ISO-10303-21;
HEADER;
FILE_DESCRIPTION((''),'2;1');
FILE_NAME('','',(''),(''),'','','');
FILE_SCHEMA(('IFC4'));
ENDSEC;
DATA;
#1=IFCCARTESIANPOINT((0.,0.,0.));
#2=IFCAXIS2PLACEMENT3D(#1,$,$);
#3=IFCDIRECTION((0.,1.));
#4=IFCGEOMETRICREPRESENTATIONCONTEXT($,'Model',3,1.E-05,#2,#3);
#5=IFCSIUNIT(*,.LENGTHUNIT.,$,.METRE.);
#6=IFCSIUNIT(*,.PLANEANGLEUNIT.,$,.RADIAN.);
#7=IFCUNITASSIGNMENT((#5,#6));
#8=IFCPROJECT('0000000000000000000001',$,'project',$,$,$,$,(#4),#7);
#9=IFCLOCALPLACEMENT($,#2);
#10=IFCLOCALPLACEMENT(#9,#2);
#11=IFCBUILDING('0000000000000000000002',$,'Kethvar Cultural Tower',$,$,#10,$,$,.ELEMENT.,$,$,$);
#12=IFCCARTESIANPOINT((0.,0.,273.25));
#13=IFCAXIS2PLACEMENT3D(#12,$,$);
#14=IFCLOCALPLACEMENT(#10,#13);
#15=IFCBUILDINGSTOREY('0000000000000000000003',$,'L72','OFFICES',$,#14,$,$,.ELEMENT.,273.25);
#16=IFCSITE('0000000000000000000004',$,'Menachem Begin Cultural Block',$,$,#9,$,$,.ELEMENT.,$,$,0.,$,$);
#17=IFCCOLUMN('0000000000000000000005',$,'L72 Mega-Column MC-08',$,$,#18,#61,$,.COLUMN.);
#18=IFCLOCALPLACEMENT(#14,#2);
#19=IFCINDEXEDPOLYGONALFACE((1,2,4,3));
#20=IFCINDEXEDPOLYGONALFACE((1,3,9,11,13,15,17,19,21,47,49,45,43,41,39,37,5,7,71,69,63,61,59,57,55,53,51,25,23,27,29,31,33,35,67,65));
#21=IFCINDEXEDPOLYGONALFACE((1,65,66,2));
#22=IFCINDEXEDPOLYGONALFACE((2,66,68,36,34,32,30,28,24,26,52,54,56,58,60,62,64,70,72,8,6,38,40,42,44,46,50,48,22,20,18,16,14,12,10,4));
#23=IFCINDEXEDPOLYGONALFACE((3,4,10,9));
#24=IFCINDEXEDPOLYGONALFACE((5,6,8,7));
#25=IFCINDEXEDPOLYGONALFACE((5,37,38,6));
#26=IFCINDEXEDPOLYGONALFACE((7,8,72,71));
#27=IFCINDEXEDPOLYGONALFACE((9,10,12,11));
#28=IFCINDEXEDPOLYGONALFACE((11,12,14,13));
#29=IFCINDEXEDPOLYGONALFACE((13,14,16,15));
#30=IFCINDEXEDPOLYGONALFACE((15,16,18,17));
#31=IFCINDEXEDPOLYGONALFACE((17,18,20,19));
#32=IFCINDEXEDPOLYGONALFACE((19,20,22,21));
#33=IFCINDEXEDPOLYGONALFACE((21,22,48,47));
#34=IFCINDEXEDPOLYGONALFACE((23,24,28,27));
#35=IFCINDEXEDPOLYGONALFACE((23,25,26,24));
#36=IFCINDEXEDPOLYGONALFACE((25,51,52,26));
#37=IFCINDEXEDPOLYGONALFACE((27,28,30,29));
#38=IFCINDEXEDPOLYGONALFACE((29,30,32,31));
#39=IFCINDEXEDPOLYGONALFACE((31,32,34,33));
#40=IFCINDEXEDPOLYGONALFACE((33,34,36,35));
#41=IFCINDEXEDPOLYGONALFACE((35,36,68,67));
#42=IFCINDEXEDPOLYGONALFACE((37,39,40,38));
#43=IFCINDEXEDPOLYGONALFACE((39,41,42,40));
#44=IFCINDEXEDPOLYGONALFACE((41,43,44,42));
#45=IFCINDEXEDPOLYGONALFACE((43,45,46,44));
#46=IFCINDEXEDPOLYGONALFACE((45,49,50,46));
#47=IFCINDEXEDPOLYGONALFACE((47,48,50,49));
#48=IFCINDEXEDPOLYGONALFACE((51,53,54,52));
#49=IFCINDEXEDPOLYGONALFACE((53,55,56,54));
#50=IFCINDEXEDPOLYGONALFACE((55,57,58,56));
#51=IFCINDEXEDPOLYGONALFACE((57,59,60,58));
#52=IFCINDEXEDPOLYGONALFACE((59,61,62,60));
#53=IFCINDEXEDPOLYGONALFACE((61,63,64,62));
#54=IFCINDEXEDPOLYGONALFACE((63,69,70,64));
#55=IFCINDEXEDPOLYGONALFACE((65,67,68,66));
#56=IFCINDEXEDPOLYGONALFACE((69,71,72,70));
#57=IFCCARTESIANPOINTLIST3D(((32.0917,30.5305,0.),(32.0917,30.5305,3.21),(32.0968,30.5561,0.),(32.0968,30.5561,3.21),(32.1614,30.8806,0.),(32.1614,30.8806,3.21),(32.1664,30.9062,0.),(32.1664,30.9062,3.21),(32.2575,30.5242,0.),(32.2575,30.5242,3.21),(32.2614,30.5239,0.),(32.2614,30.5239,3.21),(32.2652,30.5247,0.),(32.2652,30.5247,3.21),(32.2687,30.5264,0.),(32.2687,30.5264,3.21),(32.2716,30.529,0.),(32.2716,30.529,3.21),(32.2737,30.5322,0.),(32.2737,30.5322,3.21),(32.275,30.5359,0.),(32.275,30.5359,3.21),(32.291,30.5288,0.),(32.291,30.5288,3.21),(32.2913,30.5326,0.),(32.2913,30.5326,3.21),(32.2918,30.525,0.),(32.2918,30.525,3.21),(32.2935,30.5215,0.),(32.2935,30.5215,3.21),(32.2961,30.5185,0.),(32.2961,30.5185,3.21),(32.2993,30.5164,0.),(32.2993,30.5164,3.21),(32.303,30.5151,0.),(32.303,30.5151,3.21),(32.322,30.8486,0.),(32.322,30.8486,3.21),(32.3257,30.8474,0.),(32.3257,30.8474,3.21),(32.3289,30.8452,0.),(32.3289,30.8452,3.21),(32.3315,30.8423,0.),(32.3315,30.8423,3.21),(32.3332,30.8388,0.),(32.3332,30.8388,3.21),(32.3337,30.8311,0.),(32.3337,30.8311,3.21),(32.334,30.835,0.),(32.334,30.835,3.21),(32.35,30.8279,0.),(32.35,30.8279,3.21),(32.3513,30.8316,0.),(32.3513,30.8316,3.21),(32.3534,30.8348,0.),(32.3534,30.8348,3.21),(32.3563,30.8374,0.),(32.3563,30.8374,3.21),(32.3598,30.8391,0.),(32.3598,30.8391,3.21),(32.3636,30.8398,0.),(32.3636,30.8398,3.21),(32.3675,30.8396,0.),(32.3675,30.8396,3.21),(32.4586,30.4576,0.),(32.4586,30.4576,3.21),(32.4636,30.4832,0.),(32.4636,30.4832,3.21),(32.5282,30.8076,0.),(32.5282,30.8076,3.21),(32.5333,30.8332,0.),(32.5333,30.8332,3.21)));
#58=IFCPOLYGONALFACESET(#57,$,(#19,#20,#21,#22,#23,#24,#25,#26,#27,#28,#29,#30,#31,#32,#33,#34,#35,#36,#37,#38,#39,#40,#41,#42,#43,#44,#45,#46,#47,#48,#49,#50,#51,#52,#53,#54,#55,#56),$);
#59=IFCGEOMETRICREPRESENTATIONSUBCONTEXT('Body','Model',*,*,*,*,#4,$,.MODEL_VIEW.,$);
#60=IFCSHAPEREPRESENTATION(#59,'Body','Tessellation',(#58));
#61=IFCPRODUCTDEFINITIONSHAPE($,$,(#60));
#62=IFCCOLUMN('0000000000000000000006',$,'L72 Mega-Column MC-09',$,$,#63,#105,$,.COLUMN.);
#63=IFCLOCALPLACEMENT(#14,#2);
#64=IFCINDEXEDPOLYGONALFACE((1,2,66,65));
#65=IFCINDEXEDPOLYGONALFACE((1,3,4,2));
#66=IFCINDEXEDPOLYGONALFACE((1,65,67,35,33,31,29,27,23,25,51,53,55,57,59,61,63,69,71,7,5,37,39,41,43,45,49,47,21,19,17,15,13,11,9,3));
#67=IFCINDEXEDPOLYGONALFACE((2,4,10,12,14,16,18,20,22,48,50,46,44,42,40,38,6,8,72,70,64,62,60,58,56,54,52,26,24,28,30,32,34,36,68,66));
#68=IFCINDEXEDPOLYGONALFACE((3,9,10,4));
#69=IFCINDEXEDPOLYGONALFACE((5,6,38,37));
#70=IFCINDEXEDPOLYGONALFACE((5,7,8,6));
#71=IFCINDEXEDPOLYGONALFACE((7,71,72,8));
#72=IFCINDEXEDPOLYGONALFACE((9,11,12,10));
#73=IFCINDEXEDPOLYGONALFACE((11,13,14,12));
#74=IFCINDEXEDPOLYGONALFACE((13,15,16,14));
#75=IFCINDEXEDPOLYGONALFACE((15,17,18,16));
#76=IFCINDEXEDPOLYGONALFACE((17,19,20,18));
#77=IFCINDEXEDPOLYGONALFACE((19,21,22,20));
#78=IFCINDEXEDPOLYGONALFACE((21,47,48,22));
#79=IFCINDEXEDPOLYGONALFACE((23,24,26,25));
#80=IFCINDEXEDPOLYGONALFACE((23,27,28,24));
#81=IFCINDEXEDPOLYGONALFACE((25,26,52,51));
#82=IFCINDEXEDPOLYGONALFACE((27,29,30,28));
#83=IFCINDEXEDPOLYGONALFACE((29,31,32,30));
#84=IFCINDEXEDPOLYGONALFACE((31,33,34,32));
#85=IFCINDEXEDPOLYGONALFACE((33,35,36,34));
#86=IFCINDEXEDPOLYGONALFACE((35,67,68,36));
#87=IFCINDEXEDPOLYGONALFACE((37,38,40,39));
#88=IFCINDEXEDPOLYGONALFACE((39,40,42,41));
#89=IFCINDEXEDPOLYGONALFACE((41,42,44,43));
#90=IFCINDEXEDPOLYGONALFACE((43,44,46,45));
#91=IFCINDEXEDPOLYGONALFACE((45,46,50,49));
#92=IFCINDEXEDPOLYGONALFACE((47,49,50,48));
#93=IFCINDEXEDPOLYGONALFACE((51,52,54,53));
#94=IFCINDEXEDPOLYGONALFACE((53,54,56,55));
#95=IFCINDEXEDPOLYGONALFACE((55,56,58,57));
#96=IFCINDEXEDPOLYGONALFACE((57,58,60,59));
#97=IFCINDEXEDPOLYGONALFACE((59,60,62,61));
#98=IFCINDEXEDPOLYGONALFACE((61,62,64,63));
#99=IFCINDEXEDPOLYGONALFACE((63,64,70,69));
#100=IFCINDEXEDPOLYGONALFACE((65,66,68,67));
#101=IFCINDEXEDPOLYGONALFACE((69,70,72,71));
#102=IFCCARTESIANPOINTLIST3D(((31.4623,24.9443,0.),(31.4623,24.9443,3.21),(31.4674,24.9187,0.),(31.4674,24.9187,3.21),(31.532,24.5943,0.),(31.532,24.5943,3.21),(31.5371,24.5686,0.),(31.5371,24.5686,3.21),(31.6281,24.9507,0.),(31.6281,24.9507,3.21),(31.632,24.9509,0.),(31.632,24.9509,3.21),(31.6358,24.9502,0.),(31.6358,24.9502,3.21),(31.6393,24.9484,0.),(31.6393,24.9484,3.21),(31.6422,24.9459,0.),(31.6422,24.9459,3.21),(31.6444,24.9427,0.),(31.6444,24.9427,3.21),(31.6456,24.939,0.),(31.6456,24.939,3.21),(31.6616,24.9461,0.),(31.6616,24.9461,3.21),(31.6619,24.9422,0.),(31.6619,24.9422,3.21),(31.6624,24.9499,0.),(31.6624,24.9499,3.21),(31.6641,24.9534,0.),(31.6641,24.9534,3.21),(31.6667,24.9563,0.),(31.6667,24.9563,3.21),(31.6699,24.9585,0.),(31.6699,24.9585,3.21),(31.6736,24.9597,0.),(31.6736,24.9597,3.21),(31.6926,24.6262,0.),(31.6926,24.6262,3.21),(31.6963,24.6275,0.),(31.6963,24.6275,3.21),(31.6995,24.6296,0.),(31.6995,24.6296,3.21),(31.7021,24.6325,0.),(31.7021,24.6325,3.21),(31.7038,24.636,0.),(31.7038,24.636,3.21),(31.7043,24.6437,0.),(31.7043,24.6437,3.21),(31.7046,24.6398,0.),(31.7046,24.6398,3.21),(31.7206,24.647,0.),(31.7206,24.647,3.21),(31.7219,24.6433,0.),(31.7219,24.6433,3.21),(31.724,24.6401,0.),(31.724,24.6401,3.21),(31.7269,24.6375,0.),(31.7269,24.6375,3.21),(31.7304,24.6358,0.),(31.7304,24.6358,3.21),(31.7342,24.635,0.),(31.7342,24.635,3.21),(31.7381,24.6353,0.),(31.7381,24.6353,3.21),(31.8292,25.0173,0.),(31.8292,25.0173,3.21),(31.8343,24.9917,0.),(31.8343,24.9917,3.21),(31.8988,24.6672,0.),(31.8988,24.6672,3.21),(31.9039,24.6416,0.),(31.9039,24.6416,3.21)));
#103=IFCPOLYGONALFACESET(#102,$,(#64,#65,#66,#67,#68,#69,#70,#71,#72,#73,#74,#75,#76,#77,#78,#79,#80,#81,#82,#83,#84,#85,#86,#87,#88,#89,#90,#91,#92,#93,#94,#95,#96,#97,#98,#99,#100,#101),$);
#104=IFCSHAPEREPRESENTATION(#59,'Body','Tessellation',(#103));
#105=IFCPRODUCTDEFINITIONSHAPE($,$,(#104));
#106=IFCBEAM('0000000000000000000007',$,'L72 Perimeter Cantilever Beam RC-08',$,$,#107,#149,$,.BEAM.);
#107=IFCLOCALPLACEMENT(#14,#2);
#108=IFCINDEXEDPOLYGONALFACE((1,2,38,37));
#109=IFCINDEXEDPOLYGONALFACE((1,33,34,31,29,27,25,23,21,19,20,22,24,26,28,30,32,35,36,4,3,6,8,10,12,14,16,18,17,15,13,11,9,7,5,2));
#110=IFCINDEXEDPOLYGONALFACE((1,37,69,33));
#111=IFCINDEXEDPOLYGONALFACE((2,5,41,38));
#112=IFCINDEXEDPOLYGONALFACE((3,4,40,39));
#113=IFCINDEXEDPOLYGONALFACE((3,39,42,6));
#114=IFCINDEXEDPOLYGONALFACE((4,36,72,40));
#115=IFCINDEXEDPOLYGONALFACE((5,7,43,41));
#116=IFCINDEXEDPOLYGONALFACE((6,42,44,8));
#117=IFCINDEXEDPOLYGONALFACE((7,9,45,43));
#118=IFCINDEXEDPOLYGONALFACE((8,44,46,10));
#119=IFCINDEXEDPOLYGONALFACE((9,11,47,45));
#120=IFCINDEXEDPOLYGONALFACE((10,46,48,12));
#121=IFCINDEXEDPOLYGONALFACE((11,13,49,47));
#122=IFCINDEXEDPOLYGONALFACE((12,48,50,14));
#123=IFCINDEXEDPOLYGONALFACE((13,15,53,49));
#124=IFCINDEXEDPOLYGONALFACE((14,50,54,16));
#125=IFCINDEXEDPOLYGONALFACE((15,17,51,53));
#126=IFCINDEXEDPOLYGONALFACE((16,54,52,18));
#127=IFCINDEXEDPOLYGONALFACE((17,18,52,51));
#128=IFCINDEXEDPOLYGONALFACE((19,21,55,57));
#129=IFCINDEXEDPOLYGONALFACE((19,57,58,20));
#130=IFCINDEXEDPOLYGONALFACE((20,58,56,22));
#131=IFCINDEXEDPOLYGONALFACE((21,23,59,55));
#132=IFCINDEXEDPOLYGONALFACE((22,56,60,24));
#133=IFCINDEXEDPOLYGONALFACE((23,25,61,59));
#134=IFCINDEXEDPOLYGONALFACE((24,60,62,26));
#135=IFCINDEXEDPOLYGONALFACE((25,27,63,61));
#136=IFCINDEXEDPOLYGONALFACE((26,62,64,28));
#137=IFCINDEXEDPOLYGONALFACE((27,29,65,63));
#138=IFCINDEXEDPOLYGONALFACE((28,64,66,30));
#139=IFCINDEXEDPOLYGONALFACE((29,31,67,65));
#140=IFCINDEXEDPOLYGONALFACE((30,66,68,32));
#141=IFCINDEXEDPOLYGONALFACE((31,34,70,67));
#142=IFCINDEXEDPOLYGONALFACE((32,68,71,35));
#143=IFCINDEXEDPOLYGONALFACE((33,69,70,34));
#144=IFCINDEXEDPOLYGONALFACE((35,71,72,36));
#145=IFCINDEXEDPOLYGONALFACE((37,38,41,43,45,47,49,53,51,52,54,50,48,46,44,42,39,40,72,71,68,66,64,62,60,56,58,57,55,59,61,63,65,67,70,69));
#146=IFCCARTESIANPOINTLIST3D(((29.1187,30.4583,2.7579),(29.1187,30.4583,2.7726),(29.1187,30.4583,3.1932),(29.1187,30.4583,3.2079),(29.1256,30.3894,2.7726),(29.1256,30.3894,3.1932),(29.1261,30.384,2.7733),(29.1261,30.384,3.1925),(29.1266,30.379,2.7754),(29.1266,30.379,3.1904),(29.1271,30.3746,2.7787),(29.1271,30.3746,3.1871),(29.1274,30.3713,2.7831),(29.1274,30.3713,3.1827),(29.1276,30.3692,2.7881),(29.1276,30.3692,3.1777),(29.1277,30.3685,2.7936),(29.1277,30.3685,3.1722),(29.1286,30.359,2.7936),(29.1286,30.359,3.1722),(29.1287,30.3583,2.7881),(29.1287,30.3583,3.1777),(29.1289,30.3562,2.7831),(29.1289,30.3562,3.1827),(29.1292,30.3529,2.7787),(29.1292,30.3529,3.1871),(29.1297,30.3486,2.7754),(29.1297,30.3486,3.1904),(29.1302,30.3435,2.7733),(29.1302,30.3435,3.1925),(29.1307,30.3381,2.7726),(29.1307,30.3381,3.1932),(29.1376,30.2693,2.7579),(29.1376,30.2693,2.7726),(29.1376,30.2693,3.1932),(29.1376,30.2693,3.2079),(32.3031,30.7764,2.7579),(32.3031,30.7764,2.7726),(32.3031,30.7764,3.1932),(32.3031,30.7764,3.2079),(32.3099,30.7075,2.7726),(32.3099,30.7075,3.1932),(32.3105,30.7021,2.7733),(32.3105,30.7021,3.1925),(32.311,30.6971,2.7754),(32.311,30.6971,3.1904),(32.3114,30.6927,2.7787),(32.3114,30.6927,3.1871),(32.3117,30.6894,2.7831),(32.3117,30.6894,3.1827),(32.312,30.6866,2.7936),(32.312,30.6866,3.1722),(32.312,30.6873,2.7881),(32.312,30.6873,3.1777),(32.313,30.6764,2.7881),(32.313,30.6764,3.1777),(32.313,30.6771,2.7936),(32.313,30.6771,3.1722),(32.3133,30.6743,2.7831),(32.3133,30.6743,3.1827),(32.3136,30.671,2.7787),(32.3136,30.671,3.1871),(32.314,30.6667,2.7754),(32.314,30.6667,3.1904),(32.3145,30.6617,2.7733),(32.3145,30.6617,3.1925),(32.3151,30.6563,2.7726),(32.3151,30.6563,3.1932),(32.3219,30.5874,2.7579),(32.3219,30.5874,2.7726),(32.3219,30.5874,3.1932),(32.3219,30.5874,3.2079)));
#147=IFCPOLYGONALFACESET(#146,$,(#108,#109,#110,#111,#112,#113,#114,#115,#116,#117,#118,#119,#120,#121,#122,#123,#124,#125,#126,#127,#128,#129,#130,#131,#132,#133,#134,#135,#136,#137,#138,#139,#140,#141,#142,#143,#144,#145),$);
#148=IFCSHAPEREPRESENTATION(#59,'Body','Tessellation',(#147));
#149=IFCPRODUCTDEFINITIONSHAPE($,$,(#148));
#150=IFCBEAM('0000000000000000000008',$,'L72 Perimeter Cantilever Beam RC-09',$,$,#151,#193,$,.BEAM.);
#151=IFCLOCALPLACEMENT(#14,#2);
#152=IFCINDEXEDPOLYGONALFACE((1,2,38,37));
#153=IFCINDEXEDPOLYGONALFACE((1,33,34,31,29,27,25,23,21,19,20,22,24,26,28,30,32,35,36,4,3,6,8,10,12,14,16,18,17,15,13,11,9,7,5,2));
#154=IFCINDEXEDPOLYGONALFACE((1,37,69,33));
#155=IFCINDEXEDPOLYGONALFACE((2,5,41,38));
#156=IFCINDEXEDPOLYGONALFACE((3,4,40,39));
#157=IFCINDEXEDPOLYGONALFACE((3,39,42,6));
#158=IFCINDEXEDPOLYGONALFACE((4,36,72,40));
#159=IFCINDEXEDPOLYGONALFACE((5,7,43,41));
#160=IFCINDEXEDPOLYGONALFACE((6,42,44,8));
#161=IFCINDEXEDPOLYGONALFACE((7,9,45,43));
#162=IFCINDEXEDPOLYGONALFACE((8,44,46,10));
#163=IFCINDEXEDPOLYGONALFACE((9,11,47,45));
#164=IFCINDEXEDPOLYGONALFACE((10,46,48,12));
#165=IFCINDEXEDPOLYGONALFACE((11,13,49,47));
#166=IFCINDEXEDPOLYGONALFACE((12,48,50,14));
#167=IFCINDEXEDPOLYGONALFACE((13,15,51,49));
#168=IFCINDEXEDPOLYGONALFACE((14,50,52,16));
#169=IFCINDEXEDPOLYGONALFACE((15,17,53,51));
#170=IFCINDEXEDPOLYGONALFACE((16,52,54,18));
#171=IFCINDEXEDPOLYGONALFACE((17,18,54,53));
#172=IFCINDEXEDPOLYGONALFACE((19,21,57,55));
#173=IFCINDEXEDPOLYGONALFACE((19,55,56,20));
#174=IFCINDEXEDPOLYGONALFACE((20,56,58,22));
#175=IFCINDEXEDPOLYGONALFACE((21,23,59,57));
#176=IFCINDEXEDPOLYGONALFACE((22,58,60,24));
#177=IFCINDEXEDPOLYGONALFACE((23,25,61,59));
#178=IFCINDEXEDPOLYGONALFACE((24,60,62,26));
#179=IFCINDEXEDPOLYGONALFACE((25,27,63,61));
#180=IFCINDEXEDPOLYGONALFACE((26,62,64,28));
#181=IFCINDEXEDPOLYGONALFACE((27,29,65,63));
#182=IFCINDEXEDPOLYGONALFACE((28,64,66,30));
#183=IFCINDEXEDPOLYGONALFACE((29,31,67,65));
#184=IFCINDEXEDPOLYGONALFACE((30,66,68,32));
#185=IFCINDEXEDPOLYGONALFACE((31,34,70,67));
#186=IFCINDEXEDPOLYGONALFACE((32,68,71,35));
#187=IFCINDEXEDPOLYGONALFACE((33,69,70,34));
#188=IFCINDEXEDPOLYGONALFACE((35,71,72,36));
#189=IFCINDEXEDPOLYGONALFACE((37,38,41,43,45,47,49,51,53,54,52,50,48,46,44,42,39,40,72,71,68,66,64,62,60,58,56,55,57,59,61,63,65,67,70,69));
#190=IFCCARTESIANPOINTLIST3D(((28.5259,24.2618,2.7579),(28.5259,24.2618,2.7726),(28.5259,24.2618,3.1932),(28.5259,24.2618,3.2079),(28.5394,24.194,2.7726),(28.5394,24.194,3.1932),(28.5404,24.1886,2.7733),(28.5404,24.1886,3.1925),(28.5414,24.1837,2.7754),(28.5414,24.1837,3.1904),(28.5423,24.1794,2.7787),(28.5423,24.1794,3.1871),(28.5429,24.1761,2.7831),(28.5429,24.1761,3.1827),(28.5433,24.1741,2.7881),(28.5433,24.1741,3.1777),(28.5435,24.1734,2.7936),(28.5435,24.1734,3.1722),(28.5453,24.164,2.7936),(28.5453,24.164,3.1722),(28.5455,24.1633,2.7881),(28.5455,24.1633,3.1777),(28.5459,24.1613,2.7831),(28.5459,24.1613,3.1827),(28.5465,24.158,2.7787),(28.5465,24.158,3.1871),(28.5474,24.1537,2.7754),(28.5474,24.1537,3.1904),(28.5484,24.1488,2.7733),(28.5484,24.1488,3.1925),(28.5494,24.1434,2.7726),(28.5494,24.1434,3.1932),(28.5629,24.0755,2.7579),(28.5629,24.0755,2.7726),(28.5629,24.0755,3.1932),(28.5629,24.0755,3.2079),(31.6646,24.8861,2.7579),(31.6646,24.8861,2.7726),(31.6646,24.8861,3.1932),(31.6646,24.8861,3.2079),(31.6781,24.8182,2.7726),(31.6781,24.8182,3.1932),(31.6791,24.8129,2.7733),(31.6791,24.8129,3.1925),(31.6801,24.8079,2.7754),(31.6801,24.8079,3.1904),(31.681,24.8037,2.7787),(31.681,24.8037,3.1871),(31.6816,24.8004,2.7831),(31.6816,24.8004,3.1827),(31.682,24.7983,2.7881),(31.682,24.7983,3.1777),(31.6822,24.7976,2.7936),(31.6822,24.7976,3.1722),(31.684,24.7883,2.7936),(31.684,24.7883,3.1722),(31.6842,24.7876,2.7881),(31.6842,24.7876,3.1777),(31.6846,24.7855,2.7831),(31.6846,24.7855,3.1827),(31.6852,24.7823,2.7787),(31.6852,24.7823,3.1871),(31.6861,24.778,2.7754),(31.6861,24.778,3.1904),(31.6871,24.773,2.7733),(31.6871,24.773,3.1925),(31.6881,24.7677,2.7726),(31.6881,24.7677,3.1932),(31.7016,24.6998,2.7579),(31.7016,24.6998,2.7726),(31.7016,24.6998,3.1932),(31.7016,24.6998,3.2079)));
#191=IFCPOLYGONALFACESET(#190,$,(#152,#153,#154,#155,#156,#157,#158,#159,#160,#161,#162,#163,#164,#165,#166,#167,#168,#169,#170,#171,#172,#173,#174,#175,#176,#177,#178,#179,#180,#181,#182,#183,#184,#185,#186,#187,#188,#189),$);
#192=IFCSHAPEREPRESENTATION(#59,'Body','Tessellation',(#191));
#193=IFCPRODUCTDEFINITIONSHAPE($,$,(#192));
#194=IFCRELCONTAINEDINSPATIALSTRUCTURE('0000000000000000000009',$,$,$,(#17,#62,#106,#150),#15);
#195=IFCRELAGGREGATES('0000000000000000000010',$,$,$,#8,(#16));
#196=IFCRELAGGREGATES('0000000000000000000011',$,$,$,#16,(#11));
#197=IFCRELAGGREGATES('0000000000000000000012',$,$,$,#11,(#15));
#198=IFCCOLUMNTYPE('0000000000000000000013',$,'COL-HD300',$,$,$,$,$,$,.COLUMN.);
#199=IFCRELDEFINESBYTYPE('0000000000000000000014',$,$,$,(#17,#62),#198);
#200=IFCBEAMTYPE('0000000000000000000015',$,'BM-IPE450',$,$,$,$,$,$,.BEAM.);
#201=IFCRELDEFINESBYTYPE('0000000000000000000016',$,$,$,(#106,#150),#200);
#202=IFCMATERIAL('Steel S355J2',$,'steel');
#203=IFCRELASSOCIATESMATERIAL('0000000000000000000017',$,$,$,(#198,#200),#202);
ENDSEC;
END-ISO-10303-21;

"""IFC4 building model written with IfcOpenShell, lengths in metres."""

from ifc_helpers import new_model, si_unit, direction, frame, origin, origin_2d, place, context, subcontext, project, spatial, i_section, extrude, source, transform, mapped, material, material_profile, profile_set, type_object, element, save


model = new_model("IFC4")

# Units and contexts
model_context = context("Model", 3, precision=1e-05, world=origin(), true_north=direction((0.0, 1.0)))
body_context = subcontext(model_context, "Body", "Model", "MODEL_VIEW")
ifc_project = project(units=[si_unit("LENGTHUNIT", "METRE"), si_unit("PLANEANGLEUNIT", "RADIAN")], contexts=[model_context])

# Site, building, storey
site_placement = place(None, origin())
site = spatial("IfcSite", under=ifc_project, at=site_placement, Name="Menachem Begin Cultural Block", CompositionType="ELEMENT", RefElevation=0.0)
building_placement = place(site_placement, origin())
building = spatial("IfcBuilding", under=site, at=building_placement, Name="Kethvar Cultural Tower", CompositionType="ELEMENT")
storey_placement = place(building_placement, frame((0.0, 0.0, 273.25)))
storey = spatial("IfcBuildingStorey", under=building, at=storey_placement, Name="L72", Description="OFFICES", CompositionType="ELEMENT", Elevation=273.25)

# Columns
ifc_material_1 = material(Name="Steel S355J2", Category="steel")
ifc_material_profile_1 = material_profile(ifc_material_1, i_section(OverallWidth=0.374, OverallDepth=0.3831, WebThickness=0.0166, FlangeThickness=0.0261, FilletRadius=0.0149, at=origin_2d()), Name="Steel S355J2 — HD360x300")
ifc_profile_set_1 = profile_set([ifc_material_profile_1], Name="Steel S355J2 — HD360x300")
column_type = type_object("IfcColumnType", Name="COL-HD300", PredefinedType="COLUMN", material=ifc_profile_set_1)
shared_shape_1 = source(origin(), body_context, "Body", "SweptSolid", [
    extrude(i_section(OverallWidth=0.374, OverallDepth=0.3831, WebThickness=0.0166, FlangeThickness=0.0261, FilletRadius=0.0149, at=origin_2d()), origin(), (0.0, 0.0, 1.0), 3.21),
])
for number, where, z_axis, x_axis, name in (
    (1, (32.3125, 30.6819, 0.0), (0.0, 0.0, 1.0), (-0.980785, 0.19509, 0.0), "L72 Mega-Column MC-08"),
    (2, (31.6831, 24.793, 0.0), (0.0, 0.0, 1.0), (-0.980785, -0.19509, 0.0), "L72 Mega-Column MC-09"),
):
    element("IfcColumn", number, at=place(storey_placement, frame(where, z_axis=z_axis, x_axis=x_axis)), inside=storey, type_object=column_type, Name=name, PredefinedType="COLUMN", context=body_context, shape_type="MappedRepresentation", body=[
        mapped(shared_shape_1, transform((0.0, 0.0, 0.0), scale=1.0)),
    ])

# Beams
ifc_material_profile_2 = material_profile(ifc_material_1, i_section(OverallWidth=0.1899, OverallDepth=0.45, WebThickness=0.0095, FlangeThickness=0.0146, FilletRadius=0.021, at=origin_2d()), Name="Steel S355J2 — IPE450")
ifc_profile_set_2 = profile_set([ifc_material_profile_2], Name="Steel S355J2 — IPE450")
beam_type_1 = type_object("IfcBeamType", Name="BM-IPE450", PredefinedType="BEAM", material=ifc_profile_set_2)
shared_shape_2 = source(origin(), body_context, "Body", "SweptSolid", [
    extrude(i_section(OverallWidth=0.1899, OverallDepth=0.45, WebThickness=0.0095, FlangeThickness=0.0146, FilletRadius=0.021, at=origin_2d()), origin(), (0.0, 0.0, 1.0), 3.2002),
])
for number, where, z_axis, x_axis, name in (
    (3, (32.3125, 30.6819, 2.9829), (-0.995047, -0.099406, 0.0), (0.099406, -0.995047, 0.0), "L72 Perimeter Cantilever Beam RC-08"),
    (4, (31.6831, 24.793, 2.9829), (-0.980788, -0.195074, 0.0), (0.195074, -0.980788, 0.0), "L72 Perimeter Cantilever Beam RC-09"),
):
    element("IfcBeam", number, at=place(storey_placement, frame(where, z_axis=z_axis, x_axis=x_axis)), inside=storey, type_object=beam_type_1, Name=name, PredefinedType="BEAM", context=body_context, shape_type="MappedRepresentation", body=[
        mapped(shared_shape_2, transform((0.0, 0.0, 0.0), scale=1.0)),
    ])

save(model, "model.ifc")
